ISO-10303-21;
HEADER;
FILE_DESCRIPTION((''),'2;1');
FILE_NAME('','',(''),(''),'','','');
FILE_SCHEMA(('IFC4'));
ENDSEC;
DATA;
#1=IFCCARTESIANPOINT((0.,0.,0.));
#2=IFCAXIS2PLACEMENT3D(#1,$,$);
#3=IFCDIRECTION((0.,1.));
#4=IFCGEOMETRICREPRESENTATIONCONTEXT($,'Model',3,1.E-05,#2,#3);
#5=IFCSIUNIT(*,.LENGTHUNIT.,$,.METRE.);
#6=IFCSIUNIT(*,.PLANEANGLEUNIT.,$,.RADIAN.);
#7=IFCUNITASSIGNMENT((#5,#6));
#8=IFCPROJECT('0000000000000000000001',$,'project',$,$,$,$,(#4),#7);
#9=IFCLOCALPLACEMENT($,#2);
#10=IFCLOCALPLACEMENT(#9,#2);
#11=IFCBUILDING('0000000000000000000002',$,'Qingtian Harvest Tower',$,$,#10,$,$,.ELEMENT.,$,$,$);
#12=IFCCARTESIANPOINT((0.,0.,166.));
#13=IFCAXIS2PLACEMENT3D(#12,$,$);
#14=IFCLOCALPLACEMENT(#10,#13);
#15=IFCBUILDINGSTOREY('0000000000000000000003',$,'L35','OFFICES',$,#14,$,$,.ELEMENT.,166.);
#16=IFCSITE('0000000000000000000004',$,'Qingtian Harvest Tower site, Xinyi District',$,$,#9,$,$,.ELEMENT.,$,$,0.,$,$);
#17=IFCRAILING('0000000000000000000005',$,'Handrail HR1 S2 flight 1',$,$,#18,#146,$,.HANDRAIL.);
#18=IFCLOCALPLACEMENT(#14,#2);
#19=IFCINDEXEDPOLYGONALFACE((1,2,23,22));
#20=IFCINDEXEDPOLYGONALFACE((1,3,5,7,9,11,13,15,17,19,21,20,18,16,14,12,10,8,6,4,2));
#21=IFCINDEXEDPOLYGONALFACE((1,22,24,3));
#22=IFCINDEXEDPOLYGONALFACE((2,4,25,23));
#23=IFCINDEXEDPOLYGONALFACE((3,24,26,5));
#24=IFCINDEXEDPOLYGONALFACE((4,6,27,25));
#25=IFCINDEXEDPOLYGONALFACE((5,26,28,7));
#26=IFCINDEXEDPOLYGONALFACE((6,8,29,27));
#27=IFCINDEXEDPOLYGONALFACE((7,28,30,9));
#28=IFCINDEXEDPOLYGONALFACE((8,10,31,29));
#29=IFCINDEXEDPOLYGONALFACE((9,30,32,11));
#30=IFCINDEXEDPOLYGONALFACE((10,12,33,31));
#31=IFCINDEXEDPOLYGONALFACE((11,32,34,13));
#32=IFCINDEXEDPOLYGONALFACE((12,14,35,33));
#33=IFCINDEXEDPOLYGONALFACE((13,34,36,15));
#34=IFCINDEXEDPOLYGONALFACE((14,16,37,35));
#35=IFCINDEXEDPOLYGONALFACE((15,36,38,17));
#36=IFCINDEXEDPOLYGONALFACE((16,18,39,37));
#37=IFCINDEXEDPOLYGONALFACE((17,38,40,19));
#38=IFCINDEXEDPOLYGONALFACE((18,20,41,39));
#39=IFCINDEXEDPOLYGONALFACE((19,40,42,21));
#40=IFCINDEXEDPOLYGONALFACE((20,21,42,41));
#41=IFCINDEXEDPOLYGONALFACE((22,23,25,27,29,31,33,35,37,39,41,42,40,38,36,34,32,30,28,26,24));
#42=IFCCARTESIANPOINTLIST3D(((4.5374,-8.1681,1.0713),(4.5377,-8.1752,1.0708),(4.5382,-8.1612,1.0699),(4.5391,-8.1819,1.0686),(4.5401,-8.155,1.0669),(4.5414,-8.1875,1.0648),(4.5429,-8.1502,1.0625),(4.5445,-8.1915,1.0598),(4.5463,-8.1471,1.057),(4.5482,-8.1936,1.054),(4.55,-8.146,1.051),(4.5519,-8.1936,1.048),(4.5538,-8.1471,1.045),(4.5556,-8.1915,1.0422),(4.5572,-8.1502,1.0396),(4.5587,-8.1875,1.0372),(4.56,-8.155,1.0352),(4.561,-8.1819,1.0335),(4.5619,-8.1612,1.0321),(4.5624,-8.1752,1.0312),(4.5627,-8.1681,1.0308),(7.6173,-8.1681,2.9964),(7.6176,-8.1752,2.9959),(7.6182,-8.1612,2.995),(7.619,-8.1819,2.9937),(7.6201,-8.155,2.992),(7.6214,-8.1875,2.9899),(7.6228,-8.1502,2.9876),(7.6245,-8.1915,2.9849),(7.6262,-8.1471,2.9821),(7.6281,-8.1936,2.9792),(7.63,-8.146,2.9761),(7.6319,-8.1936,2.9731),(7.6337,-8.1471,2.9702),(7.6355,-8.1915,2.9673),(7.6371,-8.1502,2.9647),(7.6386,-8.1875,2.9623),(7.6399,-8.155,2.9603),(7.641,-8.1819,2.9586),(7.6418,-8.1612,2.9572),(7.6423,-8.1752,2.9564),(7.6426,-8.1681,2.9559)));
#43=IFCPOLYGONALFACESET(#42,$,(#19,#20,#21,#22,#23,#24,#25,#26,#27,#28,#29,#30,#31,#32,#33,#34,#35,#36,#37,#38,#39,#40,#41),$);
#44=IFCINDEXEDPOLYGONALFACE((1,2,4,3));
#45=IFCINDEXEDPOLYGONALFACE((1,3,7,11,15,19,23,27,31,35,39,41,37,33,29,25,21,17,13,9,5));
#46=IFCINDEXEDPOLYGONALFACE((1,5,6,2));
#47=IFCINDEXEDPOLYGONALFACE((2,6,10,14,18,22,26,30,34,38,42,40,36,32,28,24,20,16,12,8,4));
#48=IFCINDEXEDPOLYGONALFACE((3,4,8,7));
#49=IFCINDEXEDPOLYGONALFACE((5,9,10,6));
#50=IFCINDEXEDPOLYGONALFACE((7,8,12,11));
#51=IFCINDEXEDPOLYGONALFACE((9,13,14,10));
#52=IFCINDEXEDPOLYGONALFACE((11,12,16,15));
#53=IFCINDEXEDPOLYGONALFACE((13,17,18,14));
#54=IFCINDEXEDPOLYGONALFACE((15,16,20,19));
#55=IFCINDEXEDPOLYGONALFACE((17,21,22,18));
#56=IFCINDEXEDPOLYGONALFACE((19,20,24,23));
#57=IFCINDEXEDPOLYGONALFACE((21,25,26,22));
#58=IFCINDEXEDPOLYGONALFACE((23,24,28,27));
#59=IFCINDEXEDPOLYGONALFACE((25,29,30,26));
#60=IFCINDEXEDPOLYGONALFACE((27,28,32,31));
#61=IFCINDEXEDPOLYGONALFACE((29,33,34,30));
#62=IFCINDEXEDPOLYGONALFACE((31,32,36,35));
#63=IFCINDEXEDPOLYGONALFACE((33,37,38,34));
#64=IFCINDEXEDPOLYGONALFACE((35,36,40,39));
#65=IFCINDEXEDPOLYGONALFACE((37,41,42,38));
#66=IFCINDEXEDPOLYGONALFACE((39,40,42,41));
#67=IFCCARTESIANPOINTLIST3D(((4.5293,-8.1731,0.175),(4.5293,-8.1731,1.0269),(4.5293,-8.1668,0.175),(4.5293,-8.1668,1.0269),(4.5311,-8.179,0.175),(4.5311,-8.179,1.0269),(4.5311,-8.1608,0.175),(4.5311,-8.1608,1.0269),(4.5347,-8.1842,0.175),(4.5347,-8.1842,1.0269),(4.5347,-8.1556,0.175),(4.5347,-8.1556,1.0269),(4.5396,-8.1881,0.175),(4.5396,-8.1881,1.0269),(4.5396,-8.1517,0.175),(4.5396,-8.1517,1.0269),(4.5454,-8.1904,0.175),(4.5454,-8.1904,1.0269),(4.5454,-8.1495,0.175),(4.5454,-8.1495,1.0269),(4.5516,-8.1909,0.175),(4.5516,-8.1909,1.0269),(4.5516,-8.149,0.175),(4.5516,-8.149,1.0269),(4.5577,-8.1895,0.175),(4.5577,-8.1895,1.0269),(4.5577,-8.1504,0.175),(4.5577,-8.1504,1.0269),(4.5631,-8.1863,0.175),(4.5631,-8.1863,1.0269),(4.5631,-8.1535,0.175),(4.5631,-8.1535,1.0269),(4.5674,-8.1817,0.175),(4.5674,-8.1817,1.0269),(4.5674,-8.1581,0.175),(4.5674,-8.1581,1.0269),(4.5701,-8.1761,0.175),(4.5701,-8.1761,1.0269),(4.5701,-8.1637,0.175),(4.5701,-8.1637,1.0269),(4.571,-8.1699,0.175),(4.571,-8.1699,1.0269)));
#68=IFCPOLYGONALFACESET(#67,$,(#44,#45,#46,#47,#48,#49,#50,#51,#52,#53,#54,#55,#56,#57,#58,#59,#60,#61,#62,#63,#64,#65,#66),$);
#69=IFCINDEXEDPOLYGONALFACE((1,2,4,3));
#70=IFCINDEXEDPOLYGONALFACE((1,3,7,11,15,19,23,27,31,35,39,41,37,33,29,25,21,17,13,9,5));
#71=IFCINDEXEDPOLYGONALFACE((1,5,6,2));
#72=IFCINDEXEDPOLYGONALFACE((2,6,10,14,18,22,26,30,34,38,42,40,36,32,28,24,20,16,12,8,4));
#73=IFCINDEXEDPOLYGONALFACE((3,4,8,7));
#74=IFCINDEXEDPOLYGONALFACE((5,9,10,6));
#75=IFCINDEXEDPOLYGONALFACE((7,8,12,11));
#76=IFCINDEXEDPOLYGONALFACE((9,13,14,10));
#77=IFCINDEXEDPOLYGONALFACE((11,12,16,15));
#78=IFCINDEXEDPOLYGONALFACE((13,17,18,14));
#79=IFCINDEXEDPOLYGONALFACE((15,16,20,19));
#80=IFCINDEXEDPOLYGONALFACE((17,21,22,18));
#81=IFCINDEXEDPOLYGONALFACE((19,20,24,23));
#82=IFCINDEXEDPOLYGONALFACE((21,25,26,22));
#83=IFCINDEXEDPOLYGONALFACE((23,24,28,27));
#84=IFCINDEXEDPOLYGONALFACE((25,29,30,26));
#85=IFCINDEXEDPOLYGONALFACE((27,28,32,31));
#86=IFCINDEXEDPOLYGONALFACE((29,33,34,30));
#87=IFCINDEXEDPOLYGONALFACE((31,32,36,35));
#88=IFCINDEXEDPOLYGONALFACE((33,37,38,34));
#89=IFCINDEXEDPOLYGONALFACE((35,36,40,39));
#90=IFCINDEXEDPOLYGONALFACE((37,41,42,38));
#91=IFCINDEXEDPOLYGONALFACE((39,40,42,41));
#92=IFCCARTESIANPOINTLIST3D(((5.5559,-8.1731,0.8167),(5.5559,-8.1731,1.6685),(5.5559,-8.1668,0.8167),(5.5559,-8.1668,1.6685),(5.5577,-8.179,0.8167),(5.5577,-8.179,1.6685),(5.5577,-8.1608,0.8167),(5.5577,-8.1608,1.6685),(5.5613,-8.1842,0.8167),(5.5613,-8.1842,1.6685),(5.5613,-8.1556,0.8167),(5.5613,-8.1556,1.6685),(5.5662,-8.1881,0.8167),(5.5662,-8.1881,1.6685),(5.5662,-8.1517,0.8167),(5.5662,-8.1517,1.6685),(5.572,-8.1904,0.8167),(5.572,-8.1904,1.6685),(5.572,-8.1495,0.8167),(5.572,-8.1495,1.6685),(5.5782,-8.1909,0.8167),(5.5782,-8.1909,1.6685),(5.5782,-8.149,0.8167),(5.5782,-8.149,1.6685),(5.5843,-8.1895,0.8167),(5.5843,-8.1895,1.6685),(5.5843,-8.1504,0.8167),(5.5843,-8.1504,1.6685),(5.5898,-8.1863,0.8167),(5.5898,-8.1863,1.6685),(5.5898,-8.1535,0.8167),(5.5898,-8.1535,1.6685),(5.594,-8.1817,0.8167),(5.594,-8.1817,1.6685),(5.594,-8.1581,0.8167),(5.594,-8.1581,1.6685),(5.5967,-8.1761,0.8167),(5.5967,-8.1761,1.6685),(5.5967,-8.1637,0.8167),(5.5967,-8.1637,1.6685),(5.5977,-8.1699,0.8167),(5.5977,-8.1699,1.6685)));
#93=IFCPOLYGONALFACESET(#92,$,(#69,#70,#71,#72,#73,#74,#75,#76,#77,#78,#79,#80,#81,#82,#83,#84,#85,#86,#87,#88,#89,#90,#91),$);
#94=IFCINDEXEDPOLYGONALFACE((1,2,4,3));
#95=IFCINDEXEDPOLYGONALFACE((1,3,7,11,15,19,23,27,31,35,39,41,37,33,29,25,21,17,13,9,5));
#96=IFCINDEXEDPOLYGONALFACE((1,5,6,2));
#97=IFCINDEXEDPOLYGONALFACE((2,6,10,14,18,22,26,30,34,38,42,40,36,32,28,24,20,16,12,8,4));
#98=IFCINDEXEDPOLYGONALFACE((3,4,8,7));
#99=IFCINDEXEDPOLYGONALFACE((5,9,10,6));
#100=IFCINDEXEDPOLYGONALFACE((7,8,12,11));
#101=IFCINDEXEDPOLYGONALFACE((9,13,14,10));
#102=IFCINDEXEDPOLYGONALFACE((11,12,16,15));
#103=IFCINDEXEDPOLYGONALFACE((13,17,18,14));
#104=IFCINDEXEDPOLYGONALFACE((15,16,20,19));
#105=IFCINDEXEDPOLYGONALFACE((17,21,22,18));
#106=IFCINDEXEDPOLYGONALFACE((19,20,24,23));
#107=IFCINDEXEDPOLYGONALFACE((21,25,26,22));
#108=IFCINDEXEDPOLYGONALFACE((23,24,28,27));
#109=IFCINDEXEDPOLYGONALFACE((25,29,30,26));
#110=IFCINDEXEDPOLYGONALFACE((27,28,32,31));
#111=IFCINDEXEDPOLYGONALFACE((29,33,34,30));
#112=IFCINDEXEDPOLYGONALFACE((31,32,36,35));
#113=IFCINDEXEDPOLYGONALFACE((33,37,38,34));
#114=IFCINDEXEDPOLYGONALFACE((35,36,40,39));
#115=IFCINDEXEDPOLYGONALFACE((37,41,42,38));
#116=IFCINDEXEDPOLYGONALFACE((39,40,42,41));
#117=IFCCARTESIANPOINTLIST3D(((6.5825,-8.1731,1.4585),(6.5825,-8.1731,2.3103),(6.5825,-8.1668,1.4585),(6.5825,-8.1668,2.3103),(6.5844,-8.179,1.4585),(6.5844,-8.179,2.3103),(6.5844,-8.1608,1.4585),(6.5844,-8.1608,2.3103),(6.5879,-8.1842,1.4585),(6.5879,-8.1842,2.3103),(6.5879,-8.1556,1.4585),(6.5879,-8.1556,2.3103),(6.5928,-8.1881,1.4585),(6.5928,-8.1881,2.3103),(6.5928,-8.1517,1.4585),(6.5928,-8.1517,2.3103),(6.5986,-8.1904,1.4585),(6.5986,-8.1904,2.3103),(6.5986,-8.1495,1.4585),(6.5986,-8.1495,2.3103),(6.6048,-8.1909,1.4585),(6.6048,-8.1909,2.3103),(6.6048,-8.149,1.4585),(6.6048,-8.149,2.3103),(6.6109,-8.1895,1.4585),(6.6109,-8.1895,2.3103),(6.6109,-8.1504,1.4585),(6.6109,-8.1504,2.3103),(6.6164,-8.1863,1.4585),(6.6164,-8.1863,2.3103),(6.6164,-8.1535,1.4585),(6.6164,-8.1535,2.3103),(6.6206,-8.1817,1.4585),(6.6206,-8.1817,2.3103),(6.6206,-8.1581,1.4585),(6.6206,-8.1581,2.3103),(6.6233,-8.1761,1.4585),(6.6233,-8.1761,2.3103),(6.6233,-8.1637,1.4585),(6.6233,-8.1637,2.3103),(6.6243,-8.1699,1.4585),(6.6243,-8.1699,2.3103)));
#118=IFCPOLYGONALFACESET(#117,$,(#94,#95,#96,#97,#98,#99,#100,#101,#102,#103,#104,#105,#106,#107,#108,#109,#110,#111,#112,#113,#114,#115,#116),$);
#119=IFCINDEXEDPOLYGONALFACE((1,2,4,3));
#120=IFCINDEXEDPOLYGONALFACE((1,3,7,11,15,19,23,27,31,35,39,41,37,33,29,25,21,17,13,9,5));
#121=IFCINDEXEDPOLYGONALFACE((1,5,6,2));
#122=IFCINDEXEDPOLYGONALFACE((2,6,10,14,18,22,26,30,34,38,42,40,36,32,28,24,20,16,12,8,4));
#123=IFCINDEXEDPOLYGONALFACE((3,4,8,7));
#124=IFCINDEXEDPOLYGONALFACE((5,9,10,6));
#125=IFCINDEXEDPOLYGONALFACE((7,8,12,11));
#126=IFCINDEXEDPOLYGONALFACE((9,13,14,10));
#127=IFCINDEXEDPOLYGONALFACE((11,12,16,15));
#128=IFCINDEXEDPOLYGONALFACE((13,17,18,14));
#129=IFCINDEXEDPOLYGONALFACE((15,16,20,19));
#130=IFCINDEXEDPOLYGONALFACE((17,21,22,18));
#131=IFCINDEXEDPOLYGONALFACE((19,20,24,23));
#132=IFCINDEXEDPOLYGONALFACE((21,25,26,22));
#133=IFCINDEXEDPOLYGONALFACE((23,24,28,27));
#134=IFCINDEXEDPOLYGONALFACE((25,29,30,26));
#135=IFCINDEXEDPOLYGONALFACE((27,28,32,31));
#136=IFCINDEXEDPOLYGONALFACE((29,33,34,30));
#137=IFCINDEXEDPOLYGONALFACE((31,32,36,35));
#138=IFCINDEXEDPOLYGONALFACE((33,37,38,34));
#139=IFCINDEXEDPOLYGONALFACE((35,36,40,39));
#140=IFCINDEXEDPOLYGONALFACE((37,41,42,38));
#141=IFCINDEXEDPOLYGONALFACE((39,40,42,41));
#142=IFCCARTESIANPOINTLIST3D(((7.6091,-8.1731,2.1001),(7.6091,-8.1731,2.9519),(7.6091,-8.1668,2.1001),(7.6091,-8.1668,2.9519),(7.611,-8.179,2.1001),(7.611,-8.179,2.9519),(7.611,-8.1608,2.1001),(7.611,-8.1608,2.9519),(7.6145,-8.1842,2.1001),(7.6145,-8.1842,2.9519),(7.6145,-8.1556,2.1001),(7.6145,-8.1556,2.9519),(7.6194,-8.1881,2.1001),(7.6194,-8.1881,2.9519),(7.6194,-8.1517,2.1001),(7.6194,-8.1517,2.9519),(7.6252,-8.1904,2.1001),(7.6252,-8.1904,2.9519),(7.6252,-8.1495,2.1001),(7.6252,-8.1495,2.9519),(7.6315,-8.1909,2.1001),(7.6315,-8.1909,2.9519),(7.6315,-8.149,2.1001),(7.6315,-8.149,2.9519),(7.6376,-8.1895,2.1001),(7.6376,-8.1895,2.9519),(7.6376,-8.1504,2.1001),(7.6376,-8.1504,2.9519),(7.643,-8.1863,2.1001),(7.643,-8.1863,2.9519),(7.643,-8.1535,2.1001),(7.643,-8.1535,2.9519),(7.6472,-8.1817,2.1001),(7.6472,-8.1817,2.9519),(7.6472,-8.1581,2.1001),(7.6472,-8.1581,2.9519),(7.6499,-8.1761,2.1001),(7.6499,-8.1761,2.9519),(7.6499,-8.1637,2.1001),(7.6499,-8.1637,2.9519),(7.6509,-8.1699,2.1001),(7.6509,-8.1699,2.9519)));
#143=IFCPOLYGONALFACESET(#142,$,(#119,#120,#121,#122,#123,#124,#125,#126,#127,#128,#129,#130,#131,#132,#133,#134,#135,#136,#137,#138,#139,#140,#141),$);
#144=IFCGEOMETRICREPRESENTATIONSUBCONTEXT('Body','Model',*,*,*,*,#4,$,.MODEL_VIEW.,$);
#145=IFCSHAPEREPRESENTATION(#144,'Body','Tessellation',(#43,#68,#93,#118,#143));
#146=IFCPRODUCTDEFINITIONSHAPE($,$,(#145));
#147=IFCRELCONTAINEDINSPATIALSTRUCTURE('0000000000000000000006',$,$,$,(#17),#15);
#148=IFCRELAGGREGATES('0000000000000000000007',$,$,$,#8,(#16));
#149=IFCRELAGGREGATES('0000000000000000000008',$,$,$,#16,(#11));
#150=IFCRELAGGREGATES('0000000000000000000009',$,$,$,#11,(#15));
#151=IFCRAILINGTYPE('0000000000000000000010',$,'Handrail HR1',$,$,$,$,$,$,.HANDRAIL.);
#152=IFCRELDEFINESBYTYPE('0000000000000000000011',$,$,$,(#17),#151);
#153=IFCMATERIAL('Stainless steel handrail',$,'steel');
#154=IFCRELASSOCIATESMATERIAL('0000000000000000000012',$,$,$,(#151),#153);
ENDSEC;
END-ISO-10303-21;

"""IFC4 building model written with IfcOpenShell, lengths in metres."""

from ifc_helpers import new_model, si_unit, direction, frame, origin, origin_2d, place, context, subcontext, project, spatial, circle, extrude, material, type_object, element, save


model = new_model("IFC4")

# Units and contexts
model_context = context("Model", 3, precision=1e-05, world=origin(), true_north=direction((0.0, 1.0)))
body_context = subcontext(model_context, "Body", "Model", "MODEL_VIEW")
ifc_project = project(units=[si_unit("LENGTHUNIT", "METRE"), si_unit("PLANEANGLEUNIT", "RADIAN")], contexts=[model_context])

# Site, building, storey
site_placement = place(None, origin())
site = spatial("IfcSite", under=ifc_project, at=site_placement, Name="Qingtian Harvest Tower site, Xinyi District", CompositionType="ELEMENT", RefElevation=0.0)
building_placement = place(site_placement, origin())
building = spatial("IfcBuilding", under=site, at=building_placement, Name="Qingtian Harvest Tower", CompositionType="ELEMENT")
storey_placement = place(building_placement, frame((0.0, 0.0, 166.0)))
storey = spatial("IfcBuildingStorey", under=building, at=storey_placement, Name="L35", Description="OFFICES", CompositionType="ELEMENT", Elevation=166.0)

# Railing
ifc_material_1 = material(Name="Stainless steel handrail", Category="steel")
railing_type = type_object("IfcRailingType", Name="Handrail HR1", PredefinedType="HANDRAIL", material=ifc_material_1)
railing_1_placement = place(storey_placement, frame((4.55, -8.1699, 0.175)))
element("IfcRailing", 1, at=railing_1_placement, inside=storey, type_object=railing_type, Name="Handrail HR1 S2 flight 1", PredefinedType="HANDRAIL", context=body_context, shape_type="SweptSolid", body=[
    extrude(circle(Radius=0.0239, at=origin_2d()), frame((0.0, 0.0, 0.876), z_axis=(0.847979, 0.0, 0.530029), x_axis=(0.0, 1.0, 0.0)), (0.0, 0.0, 1.0), 3.6321),
    extrude(circle(Radius=0.021, at=origin_2d()), origin(), (0.0, 0.0, 1.0), 0.8518),
    extrude(circle(Radius=0.021, at=origin_2d()), frame((1.0266, 0.0, 0.6416)), (0.0, 0.0, 1.0), 0.8518),
    extrude(circle(Radius=0.021, at=origin_2d()), frame((2.0532, 0.0, 1.2834)), (0.0, 0.0, 1.0), 0.8518),
    extrude(circle(Radius=0.021, at=origin_2d()), frame((3.0798, 0.0, 1.925)), (0.0, 0.0, 1.0), 0.8518),
])

save(model, "model.ifc")
